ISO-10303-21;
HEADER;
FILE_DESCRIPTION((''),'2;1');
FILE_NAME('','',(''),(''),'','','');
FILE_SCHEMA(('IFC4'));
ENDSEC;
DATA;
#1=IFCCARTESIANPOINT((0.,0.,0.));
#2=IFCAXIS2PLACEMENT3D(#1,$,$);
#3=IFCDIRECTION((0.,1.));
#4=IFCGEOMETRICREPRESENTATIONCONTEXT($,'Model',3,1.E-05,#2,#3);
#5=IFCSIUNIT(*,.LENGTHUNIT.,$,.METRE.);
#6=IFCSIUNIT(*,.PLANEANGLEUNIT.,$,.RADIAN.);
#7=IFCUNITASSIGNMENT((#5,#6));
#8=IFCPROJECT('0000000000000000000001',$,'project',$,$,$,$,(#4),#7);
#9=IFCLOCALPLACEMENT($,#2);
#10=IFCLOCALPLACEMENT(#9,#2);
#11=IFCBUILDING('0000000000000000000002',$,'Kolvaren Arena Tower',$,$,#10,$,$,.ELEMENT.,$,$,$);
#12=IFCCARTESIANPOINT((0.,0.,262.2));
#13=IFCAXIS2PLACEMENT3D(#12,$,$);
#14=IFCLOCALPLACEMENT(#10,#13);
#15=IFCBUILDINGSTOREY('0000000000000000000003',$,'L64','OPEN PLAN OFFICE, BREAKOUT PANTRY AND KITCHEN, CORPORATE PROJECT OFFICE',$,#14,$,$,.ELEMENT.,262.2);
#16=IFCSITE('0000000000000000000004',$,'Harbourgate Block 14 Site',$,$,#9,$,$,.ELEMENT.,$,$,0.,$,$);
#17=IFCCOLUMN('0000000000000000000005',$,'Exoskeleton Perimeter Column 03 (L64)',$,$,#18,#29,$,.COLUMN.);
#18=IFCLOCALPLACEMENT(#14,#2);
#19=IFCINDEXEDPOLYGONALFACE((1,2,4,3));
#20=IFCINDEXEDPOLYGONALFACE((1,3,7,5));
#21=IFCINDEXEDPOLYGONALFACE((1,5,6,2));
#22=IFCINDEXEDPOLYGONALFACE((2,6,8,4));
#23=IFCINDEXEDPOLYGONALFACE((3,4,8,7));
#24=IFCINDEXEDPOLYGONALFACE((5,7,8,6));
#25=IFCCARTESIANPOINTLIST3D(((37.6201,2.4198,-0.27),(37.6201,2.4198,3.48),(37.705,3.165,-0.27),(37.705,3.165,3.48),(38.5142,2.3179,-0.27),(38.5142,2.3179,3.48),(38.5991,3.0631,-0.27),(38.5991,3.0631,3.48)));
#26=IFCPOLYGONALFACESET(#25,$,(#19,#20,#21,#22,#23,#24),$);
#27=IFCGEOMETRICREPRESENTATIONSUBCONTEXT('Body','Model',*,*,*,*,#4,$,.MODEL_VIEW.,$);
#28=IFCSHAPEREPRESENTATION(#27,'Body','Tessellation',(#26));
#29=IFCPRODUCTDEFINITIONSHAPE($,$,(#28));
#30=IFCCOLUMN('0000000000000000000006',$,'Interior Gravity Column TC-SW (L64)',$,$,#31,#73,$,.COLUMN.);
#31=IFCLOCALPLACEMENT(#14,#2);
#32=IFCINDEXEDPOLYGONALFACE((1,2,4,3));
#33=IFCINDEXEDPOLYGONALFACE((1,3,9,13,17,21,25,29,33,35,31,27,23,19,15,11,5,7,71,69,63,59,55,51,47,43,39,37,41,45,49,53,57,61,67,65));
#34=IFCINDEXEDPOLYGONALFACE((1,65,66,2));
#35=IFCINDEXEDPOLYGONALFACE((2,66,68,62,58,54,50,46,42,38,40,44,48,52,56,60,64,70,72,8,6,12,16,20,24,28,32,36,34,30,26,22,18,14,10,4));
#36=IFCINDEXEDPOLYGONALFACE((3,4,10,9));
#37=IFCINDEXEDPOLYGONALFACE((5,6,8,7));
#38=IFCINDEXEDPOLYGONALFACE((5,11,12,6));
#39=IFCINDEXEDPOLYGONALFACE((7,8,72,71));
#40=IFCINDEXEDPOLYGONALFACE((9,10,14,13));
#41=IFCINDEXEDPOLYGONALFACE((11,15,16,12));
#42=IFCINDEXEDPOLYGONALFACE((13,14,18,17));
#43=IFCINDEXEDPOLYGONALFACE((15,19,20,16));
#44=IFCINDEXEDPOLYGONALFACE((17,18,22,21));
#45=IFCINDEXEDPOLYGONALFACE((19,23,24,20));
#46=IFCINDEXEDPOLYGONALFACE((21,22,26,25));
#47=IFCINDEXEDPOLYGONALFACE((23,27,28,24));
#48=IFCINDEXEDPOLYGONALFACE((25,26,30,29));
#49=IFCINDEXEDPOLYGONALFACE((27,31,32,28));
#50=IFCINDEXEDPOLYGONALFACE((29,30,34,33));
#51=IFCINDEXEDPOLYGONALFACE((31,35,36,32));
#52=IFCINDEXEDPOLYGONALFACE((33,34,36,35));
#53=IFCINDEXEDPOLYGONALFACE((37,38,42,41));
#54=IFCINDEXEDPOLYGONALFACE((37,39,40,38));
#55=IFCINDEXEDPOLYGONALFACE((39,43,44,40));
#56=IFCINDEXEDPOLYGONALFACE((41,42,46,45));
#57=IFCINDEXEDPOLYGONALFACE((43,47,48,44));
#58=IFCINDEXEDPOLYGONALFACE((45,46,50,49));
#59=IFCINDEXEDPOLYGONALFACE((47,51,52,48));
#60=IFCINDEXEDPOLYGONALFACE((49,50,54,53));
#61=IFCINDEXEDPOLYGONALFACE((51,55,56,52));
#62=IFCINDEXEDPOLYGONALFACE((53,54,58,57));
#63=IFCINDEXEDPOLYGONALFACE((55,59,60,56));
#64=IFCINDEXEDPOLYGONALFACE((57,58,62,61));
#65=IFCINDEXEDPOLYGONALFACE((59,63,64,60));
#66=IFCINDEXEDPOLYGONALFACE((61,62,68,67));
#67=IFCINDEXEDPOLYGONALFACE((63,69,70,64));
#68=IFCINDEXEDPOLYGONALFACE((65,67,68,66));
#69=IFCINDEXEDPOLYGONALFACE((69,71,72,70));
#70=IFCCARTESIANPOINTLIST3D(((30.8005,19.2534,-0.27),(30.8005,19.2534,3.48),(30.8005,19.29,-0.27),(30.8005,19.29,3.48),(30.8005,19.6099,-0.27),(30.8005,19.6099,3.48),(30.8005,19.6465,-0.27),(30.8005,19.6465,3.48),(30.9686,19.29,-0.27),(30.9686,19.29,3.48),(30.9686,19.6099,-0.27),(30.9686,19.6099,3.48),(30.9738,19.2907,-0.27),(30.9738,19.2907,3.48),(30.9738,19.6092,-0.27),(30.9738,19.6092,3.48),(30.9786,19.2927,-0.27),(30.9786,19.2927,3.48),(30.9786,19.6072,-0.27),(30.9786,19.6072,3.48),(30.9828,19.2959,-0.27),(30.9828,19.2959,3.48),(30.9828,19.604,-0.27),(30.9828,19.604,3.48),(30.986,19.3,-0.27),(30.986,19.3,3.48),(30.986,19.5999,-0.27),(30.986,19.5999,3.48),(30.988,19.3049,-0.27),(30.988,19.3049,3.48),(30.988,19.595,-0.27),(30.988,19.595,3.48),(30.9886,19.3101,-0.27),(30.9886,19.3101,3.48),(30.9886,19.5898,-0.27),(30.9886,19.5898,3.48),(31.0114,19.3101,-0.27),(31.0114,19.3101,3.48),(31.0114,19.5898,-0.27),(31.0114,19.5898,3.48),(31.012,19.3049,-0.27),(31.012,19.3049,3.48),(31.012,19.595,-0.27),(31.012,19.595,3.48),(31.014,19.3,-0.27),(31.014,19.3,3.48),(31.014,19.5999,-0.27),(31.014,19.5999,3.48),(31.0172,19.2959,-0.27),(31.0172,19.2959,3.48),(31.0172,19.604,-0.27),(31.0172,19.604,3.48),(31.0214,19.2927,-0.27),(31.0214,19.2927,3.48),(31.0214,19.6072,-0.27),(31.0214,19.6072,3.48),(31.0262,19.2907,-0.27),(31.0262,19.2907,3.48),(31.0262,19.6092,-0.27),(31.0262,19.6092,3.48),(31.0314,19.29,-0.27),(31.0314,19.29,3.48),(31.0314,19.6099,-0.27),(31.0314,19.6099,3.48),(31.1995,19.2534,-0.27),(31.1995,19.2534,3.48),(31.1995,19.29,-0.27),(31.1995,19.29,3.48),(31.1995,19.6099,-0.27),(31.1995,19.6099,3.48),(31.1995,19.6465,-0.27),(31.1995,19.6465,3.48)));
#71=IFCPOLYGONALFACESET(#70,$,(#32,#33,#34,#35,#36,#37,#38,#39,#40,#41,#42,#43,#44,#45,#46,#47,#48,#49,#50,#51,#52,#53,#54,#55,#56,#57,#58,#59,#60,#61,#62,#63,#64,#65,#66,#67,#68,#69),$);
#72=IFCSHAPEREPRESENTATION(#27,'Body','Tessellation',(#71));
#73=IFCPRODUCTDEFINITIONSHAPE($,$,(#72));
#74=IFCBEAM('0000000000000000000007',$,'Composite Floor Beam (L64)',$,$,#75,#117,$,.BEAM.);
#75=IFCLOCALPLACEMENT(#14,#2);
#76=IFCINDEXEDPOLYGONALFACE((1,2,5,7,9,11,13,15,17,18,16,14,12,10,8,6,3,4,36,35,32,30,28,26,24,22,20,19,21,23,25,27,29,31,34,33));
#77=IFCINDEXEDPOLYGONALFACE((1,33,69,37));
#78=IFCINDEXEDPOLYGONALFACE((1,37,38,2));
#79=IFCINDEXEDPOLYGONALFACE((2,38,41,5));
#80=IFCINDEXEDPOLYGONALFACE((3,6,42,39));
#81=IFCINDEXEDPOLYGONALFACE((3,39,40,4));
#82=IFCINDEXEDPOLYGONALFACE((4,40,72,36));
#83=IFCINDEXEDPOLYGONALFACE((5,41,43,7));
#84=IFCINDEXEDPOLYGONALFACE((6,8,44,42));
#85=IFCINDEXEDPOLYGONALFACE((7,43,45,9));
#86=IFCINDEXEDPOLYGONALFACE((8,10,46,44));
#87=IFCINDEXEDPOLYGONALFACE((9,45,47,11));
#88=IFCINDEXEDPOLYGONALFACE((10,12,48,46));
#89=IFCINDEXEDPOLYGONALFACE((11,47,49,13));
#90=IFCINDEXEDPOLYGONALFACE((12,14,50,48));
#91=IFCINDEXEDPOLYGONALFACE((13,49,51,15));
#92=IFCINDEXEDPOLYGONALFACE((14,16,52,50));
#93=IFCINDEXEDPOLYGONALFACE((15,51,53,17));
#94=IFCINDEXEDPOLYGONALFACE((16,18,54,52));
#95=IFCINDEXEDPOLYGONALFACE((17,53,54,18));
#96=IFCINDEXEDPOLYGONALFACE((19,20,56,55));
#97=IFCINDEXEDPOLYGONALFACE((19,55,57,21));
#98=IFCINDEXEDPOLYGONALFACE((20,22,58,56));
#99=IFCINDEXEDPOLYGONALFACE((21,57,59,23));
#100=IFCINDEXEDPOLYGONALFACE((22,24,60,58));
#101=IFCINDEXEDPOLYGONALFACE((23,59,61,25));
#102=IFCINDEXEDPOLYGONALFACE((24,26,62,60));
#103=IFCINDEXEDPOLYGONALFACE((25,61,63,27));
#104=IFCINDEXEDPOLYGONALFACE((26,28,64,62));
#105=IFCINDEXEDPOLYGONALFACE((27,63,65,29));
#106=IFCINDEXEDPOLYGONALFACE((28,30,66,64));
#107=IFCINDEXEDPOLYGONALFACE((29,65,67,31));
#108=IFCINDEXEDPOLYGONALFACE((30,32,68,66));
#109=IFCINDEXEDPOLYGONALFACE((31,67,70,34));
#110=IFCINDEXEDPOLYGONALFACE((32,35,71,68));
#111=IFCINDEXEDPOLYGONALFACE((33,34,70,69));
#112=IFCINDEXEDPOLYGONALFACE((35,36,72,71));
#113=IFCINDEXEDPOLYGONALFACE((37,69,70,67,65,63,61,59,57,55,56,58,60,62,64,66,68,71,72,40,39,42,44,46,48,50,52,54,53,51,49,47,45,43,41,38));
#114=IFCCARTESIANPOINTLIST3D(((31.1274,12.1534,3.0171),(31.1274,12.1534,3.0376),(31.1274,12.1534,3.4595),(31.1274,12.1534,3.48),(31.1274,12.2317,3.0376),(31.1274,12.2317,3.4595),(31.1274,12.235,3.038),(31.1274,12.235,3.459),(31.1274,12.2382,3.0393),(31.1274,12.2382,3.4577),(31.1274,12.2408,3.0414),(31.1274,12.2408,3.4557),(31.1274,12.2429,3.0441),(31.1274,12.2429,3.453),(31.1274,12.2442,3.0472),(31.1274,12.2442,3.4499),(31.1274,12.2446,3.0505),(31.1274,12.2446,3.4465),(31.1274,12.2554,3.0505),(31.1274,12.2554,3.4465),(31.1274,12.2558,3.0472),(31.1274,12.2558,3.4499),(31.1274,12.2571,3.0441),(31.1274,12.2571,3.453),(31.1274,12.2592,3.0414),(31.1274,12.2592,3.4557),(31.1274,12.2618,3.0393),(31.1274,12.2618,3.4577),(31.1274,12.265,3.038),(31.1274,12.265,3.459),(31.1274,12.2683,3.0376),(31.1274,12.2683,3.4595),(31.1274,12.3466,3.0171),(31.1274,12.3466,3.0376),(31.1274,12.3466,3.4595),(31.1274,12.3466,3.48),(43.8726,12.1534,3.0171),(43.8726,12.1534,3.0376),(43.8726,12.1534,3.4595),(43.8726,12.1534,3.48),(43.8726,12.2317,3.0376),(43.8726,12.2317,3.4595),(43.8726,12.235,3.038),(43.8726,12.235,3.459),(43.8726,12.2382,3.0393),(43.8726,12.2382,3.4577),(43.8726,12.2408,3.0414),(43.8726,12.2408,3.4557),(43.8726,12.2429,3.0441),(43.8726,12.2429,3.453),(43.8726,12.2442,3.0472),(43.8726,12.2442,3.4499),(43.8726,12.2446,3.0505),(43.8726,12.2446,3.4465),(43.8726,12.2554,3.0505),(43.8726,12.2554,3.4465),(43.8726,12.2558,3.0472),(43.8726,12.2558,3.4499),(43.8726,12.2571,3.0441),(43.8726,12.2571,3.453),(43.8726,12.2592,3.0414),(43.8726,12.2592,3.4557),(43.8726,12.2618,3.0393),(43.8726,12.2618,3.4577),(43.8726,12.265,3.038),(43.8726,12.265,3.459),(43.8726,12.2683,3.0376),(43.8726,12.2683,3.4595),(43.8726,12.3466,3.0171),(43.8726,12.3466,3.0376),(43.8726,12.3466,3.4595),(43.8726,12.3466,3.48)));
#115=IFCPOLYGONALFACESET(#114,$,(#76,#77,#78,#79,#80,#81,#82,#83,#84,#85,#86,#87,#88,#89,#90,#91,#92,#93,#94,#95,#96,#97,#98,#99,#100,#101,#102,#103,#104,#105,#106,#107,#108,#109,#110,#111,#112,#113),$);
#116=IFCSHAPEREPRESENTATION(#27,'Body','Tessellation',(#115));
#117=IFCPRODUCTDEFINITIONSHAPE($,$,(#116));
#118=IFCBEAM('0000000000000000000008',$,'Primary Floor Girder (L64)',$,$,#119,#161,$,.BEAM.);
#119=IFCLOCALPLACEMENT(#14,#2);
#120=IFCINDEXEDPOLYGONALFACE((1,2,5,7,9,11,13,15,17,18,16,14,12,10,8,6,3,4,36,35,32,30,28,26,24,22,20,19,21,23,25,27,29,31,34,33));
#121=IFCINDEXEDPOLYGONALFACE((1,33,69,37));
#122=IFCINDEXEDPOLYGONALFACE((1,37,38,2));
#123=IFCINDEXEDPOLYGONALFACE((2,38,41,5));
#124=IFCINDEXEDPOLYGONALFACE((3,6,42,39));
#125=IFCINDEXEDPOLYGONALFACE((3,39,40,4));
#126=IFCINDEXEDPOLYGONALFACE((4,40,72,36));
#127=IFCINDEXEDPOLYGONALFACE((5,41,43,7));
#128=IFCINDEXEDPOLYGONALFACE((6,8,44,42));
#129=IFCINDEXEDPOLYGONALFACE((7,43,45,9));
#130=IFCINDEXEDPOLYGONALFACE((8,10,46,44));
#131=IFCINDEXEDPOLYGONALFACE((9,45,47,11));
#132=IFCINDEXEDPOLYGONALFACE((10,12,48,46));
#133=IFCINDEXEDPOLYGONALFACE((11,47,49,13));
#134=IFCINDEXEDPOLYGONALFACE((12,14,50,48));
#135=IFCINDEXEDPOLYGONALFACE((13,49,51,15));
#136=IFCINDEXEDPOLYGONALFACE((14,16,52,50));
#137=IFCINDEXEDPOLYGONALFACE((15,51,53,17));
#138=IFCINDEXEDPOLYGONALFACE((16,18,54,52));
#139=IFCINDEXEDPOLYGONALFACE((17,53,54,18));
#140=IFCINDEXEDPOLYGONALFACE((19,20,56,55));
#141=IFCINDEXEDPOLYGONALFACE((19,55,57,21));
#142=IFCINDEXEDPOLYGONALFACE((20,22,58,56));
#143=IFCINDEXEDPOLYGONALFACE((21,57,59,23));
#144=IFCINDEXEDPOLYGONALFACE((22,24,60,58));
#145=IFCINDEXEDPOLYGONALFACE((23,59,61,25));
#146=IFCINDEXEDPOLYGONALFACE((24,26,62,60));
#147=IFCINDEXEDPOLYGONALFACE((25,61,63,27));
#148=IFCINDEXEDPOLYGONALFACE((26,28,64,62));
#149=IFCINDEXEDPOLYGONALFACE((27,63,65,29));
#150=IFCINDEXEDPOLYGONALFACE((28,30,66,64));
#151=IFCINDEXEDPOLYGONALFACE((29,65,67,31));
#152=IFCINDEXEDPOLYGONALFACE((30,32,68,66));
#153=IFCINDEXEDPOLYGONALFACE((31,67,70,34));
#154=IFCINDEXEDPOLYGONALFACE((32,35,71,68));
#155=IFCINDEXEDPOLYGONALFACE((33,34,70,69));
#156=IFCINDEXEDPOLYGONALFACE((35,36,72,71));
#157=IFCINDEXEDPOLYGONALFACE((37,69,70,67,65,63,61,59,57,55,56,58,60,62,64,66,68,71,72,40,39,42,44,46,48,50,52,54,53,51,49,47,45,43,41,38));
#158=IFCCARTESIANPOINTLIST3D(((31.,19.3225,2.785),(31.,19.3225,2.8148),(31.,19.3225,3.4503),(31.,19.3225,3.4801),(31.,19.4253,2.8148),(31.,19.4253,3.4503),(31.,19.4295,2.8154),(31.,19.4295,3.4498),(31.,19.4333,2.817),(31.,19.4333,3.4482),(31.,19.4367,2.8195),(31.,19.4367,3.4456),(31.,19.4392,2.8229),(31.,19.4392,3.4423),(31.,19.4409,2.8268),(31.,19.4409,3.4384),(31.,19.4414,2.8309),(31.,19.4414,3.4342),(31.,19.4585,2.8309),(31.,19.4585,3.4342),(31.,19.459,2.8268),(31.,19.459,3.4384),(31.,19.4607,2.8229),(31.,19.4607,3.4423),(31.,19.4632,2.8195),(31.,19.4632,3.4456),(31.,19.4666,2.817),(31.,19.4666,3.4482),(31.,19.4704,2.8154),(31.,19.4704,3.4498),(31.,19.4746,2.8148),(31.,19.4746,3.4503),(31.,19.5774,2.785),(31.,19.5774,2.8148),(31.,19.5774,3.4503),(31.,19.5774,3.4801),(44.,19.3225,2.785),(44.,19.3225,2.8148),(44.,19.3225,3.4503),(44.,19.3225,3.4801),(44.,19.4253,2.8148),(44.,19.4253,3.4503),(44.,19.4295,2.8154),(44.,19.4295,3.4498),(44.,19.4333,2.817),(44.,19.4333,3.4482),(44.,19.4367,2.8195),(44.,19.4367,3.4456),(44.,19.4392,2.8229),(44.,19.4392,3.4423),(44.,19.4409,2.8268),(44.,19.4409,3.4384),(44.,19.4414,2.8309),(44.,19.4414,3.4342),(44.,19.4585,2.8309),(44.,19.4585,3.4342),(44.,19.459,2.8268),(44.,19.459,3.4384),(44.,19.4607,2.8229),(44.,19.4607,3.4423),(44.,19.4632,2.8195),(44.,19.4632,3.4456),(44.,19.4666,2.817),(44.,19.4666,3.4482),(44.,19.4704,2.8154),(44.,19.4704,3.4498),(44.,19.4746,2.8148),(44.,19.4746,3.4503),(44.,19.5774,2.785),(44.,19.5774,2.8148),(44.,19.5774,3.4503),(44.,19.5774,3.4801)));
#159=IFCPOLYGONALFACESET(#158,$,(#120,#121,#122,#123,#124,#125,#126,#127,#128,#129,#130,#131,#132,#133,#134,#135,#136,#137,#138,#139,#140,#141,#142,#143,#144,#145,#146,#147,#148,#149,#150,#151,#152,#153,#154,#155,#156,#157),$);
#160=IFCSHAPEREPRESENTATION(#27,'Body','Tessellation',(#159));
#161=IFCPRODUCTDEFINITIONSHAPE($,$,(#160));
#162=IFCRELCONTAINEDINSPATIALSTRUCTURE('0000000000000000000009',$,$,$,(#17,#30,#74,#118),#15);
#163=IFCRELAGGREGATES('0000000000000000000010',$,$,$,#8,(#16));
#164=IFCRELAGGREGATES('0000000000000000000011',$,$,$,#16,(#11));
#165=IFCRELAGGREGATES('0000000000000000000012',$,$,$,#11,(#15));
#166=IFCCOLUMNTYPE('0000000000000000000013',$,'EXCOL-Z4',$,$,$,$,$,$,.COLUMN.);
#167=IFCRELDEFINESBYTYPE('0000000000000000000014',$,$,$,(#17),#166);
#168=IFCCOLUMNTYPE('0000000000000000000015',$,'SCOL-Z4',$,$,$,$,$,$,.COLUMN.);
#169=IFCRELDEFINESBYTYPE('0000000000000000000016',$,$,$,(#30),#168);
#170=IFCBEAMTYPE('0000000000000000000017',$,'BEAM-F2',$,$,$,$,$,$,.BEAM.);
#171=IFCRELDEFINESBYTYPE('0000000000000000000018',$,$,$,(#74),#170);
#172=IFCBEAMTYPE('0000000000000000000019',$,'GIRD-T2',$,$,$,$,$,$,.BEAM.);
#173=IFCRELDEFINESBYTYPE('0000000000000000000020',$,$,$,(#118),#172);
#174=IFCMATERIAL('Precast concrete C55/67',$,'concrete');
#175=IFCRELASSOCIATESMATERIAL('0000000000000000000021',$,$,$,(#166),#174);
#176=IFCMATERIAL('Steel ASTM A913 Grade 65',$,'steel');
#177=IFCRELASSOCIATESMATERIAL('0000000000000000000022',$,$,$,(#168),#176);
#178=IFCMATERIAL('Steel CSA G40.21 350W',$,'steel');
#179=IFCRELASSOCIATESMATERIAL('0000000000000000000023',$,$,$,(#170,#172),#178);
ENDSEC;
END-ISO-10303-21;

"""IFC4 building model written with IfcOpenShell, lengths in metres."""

from ifc_helpers import new_model, si_unit, direction, frame, origin, origin_2d, place, context, subcontext, project, spatial, rectangle, i_section, extrude, material, material_profile, profile_set, type_object, element, save


model = new_model("IFC4")

# Units and contexts
model_context = context("Model", 3, precision=1e-05, world=origin(), true_north=direction((0.0, 1.0)))
body_context = subcontext(model_context, "Body", "Model", "MODEL_VIEW")
ifc_project = project(units=[si_unit("LENGTHUNIT", "METRE"), si_unit("PLANEANGLEUNIT", "RADIAN")], contexts=[model_context])

# Site, building, storey
site_placement = place(None, origin())
site = spatial("IfcSite", under=ifc_project, at=site_placement, Name="Harbourgate Block 14 Site", CompositionType="ELEMENT", RefElevation=0.0)
building_placement = place(site_placement, origin())
building = spatial("IfcBuilding", under=site, at=building_placement, Name="Kolvaren Arena Tower", CompositionType="ELEMENT")
storey_placement = place(building_placement, frame((0.0, 0.0, 262.2)))
storey = spatial("IfcBuildingStorey", under=building, at=storey_placement, Name="L64", Description="OPEN PLAN OFFICE, BREAKOUT PANTRY AND KITCHEN, CORPORATE PROJECT OFFICE", CompositionType="ELEMENT", Elevation=262.2)

# Columns
ifc_material_1 = material(Name="Precast concrete C55/67", Category="concrete")
ifc_material_profile_1 = material_profile(ifc_material_1, rectangle(XDim=0.8999, YDim=0.75, at=origin_2d()), Name="RC-900x750")
ifc_profile_set_1 = profile_set([ifc_material_profile_1], Name="Precast concrete C55/67")
column_type_1 = type_object("IfcColumnType", Name="EXCOL-Z4", PredefinedType="COLUMN", material=ifc_profile_set_1)
column_1_placement = place(storey_placement, frame((38.1096, 2.7415, -0.27), z_axis=(0.0, 0.0, 1.0), x_axis=(0.993572, -0.113203, 0.0)))
element("IfcColumn", 1, at=column_1_placement, inside=storey, type_object=column_type_1, Name="Exoskeleton Perimeter Column 03 (L64)", PredefinedType="COLUMN", context=body_context, shape_type="SweptSolid", body=[
    extrude(rectangle(XDim=0.8999, YDim=0.75, at=origin_2d()), origin(), (0.0, 0.0, 1.0), 3.75),
])
ifc_material_2 = material(Name="Steel ASTM A913 Grade 65", Category="steel")
ifc_material_profile_2 = material_profile(ifc_material_2, i_section(OverallWidth=0.3989, OverallDepth=0.3931, WebThickness=0.0227, FlangeThickness=0.0366, FilletRadius=0.02, at=origin_2d()), Name="W360x287")
ifc_profile_set_2 = profile_set([ifc_material_profile_2], Name="Steel ASTM A913 Grade 65")
column_type_2 = type_object("IfcColumnType", Name="SCOL-Z4", PredefinedType="COLUMN", material=ifc_profile_set_2)
column_2_placement = place(storey_placement, frame((31.0, 19.45, -0.27), z_axis=(0.0, 0.0, 1.0), x_axis=(1.0, 0.0, 0.0)))
element("IfcColumn", 2, at=column_2_placement, inside=storey, type_object=column_type_2, Name="Interior Gravity Column TC-SW (L64)", PredefinedType="COLUMN", context=body_context, shape_type="SweptSolid", body=[
    extrude(i_section(OverallWidth=0.3989, OverallDepth=0.3931, WebThickness=0.0227, FlangeThickness=0.0366, FilletRadius=0.02, at=origin_2d()), origin(), (0.0, 0.0, 1.0), 3.75),
])

# Beams
ifc_material_3 = material(Name="Steel CSA G40.21 350W", Category="steel")
ifc_material_profile_3 = material_profile(ifc_material_3, i_section(OverallWidth=0.1931, OverallDepth=0.4629, WebThickness=0.0107, FlangeThickness=0.0205, FilletRadius=0.0129, at=origin_2d()), Name="W460x113")
ifc_profile_set_3 = profile_set([ifc_material_profile_3], Name="Steel CSA G40.21 350W")
beam_type_1 = type_object("IfcBeamType", Name="BEAM-F2", PredefinedType="BEAM", material=ifc_profile_set_3)
beam_1_placement = place(storey_placement, frame((31.1274, 12.25, 3.2485), z_axis=(1.0, 0.0, 0.0), x_axis=(0.0, 1.0, 0.0)))
element("IfcBeam", 3, at=beam_1_placement, inside=storey, type_object=beam_type_1, Name="Composite Floor Beam (L64)", PredefinedType="BEAM", context=body_context, shape_type="SweptSolid", body=[
    extrude(i_section(OverallWidth=0.1931, OverallDepth=0.4629, WebThickness=0.0107, FlangeThickness=0.0205, FilletRadius=0.0129, at=origin_2d()), origin(), (0.0, 0.0, 1.0), 12.7451),
])
ifc_material_profile_4 = material_profile(ifc_material_3, i_section(OverallWidth=0.2549, OverallDepth=0.6951, WebThickness=0.0171, FlangeThickness=0.0298, FilletRadius=0.0161, at=origin_2d()), Name="W690x217")
ifc_profile_set_4 = profile_set([ifc_material_profile_4], Name="Steel CSA G40.21 350W")
beam_type_2 = type_object("IfcBeamType", Name="GIRD-T2", PredefinedType="BEAM", material=ifc_profile_set_4)
beam_2_placement = place(storey_placement, frame((31.0, 19.45, 3.1326), z_axis=(1.0, 0.0, 0.0), x_axis=(0.0, 1.0, 0.0)))
element("IfcBeam", 4, at=beam_2_placement, inside=storey, type_object=beam_type_2, Name="Primary Floor Girder (L64)", PredefinedType="BEAM", context=body_context, shape_type="SweptSolid", body=[
    extrude(i_section(OverallWidth=0.2549, OverallDepth=0.6951, WebThickness=0.0171, FlangeThickness=0.0298, FilletRadius=0.0161, at=origin_2d()), origin(), (0.0, 0.0, 1.0), 13.0),
])

save(model, "model.ifc")
